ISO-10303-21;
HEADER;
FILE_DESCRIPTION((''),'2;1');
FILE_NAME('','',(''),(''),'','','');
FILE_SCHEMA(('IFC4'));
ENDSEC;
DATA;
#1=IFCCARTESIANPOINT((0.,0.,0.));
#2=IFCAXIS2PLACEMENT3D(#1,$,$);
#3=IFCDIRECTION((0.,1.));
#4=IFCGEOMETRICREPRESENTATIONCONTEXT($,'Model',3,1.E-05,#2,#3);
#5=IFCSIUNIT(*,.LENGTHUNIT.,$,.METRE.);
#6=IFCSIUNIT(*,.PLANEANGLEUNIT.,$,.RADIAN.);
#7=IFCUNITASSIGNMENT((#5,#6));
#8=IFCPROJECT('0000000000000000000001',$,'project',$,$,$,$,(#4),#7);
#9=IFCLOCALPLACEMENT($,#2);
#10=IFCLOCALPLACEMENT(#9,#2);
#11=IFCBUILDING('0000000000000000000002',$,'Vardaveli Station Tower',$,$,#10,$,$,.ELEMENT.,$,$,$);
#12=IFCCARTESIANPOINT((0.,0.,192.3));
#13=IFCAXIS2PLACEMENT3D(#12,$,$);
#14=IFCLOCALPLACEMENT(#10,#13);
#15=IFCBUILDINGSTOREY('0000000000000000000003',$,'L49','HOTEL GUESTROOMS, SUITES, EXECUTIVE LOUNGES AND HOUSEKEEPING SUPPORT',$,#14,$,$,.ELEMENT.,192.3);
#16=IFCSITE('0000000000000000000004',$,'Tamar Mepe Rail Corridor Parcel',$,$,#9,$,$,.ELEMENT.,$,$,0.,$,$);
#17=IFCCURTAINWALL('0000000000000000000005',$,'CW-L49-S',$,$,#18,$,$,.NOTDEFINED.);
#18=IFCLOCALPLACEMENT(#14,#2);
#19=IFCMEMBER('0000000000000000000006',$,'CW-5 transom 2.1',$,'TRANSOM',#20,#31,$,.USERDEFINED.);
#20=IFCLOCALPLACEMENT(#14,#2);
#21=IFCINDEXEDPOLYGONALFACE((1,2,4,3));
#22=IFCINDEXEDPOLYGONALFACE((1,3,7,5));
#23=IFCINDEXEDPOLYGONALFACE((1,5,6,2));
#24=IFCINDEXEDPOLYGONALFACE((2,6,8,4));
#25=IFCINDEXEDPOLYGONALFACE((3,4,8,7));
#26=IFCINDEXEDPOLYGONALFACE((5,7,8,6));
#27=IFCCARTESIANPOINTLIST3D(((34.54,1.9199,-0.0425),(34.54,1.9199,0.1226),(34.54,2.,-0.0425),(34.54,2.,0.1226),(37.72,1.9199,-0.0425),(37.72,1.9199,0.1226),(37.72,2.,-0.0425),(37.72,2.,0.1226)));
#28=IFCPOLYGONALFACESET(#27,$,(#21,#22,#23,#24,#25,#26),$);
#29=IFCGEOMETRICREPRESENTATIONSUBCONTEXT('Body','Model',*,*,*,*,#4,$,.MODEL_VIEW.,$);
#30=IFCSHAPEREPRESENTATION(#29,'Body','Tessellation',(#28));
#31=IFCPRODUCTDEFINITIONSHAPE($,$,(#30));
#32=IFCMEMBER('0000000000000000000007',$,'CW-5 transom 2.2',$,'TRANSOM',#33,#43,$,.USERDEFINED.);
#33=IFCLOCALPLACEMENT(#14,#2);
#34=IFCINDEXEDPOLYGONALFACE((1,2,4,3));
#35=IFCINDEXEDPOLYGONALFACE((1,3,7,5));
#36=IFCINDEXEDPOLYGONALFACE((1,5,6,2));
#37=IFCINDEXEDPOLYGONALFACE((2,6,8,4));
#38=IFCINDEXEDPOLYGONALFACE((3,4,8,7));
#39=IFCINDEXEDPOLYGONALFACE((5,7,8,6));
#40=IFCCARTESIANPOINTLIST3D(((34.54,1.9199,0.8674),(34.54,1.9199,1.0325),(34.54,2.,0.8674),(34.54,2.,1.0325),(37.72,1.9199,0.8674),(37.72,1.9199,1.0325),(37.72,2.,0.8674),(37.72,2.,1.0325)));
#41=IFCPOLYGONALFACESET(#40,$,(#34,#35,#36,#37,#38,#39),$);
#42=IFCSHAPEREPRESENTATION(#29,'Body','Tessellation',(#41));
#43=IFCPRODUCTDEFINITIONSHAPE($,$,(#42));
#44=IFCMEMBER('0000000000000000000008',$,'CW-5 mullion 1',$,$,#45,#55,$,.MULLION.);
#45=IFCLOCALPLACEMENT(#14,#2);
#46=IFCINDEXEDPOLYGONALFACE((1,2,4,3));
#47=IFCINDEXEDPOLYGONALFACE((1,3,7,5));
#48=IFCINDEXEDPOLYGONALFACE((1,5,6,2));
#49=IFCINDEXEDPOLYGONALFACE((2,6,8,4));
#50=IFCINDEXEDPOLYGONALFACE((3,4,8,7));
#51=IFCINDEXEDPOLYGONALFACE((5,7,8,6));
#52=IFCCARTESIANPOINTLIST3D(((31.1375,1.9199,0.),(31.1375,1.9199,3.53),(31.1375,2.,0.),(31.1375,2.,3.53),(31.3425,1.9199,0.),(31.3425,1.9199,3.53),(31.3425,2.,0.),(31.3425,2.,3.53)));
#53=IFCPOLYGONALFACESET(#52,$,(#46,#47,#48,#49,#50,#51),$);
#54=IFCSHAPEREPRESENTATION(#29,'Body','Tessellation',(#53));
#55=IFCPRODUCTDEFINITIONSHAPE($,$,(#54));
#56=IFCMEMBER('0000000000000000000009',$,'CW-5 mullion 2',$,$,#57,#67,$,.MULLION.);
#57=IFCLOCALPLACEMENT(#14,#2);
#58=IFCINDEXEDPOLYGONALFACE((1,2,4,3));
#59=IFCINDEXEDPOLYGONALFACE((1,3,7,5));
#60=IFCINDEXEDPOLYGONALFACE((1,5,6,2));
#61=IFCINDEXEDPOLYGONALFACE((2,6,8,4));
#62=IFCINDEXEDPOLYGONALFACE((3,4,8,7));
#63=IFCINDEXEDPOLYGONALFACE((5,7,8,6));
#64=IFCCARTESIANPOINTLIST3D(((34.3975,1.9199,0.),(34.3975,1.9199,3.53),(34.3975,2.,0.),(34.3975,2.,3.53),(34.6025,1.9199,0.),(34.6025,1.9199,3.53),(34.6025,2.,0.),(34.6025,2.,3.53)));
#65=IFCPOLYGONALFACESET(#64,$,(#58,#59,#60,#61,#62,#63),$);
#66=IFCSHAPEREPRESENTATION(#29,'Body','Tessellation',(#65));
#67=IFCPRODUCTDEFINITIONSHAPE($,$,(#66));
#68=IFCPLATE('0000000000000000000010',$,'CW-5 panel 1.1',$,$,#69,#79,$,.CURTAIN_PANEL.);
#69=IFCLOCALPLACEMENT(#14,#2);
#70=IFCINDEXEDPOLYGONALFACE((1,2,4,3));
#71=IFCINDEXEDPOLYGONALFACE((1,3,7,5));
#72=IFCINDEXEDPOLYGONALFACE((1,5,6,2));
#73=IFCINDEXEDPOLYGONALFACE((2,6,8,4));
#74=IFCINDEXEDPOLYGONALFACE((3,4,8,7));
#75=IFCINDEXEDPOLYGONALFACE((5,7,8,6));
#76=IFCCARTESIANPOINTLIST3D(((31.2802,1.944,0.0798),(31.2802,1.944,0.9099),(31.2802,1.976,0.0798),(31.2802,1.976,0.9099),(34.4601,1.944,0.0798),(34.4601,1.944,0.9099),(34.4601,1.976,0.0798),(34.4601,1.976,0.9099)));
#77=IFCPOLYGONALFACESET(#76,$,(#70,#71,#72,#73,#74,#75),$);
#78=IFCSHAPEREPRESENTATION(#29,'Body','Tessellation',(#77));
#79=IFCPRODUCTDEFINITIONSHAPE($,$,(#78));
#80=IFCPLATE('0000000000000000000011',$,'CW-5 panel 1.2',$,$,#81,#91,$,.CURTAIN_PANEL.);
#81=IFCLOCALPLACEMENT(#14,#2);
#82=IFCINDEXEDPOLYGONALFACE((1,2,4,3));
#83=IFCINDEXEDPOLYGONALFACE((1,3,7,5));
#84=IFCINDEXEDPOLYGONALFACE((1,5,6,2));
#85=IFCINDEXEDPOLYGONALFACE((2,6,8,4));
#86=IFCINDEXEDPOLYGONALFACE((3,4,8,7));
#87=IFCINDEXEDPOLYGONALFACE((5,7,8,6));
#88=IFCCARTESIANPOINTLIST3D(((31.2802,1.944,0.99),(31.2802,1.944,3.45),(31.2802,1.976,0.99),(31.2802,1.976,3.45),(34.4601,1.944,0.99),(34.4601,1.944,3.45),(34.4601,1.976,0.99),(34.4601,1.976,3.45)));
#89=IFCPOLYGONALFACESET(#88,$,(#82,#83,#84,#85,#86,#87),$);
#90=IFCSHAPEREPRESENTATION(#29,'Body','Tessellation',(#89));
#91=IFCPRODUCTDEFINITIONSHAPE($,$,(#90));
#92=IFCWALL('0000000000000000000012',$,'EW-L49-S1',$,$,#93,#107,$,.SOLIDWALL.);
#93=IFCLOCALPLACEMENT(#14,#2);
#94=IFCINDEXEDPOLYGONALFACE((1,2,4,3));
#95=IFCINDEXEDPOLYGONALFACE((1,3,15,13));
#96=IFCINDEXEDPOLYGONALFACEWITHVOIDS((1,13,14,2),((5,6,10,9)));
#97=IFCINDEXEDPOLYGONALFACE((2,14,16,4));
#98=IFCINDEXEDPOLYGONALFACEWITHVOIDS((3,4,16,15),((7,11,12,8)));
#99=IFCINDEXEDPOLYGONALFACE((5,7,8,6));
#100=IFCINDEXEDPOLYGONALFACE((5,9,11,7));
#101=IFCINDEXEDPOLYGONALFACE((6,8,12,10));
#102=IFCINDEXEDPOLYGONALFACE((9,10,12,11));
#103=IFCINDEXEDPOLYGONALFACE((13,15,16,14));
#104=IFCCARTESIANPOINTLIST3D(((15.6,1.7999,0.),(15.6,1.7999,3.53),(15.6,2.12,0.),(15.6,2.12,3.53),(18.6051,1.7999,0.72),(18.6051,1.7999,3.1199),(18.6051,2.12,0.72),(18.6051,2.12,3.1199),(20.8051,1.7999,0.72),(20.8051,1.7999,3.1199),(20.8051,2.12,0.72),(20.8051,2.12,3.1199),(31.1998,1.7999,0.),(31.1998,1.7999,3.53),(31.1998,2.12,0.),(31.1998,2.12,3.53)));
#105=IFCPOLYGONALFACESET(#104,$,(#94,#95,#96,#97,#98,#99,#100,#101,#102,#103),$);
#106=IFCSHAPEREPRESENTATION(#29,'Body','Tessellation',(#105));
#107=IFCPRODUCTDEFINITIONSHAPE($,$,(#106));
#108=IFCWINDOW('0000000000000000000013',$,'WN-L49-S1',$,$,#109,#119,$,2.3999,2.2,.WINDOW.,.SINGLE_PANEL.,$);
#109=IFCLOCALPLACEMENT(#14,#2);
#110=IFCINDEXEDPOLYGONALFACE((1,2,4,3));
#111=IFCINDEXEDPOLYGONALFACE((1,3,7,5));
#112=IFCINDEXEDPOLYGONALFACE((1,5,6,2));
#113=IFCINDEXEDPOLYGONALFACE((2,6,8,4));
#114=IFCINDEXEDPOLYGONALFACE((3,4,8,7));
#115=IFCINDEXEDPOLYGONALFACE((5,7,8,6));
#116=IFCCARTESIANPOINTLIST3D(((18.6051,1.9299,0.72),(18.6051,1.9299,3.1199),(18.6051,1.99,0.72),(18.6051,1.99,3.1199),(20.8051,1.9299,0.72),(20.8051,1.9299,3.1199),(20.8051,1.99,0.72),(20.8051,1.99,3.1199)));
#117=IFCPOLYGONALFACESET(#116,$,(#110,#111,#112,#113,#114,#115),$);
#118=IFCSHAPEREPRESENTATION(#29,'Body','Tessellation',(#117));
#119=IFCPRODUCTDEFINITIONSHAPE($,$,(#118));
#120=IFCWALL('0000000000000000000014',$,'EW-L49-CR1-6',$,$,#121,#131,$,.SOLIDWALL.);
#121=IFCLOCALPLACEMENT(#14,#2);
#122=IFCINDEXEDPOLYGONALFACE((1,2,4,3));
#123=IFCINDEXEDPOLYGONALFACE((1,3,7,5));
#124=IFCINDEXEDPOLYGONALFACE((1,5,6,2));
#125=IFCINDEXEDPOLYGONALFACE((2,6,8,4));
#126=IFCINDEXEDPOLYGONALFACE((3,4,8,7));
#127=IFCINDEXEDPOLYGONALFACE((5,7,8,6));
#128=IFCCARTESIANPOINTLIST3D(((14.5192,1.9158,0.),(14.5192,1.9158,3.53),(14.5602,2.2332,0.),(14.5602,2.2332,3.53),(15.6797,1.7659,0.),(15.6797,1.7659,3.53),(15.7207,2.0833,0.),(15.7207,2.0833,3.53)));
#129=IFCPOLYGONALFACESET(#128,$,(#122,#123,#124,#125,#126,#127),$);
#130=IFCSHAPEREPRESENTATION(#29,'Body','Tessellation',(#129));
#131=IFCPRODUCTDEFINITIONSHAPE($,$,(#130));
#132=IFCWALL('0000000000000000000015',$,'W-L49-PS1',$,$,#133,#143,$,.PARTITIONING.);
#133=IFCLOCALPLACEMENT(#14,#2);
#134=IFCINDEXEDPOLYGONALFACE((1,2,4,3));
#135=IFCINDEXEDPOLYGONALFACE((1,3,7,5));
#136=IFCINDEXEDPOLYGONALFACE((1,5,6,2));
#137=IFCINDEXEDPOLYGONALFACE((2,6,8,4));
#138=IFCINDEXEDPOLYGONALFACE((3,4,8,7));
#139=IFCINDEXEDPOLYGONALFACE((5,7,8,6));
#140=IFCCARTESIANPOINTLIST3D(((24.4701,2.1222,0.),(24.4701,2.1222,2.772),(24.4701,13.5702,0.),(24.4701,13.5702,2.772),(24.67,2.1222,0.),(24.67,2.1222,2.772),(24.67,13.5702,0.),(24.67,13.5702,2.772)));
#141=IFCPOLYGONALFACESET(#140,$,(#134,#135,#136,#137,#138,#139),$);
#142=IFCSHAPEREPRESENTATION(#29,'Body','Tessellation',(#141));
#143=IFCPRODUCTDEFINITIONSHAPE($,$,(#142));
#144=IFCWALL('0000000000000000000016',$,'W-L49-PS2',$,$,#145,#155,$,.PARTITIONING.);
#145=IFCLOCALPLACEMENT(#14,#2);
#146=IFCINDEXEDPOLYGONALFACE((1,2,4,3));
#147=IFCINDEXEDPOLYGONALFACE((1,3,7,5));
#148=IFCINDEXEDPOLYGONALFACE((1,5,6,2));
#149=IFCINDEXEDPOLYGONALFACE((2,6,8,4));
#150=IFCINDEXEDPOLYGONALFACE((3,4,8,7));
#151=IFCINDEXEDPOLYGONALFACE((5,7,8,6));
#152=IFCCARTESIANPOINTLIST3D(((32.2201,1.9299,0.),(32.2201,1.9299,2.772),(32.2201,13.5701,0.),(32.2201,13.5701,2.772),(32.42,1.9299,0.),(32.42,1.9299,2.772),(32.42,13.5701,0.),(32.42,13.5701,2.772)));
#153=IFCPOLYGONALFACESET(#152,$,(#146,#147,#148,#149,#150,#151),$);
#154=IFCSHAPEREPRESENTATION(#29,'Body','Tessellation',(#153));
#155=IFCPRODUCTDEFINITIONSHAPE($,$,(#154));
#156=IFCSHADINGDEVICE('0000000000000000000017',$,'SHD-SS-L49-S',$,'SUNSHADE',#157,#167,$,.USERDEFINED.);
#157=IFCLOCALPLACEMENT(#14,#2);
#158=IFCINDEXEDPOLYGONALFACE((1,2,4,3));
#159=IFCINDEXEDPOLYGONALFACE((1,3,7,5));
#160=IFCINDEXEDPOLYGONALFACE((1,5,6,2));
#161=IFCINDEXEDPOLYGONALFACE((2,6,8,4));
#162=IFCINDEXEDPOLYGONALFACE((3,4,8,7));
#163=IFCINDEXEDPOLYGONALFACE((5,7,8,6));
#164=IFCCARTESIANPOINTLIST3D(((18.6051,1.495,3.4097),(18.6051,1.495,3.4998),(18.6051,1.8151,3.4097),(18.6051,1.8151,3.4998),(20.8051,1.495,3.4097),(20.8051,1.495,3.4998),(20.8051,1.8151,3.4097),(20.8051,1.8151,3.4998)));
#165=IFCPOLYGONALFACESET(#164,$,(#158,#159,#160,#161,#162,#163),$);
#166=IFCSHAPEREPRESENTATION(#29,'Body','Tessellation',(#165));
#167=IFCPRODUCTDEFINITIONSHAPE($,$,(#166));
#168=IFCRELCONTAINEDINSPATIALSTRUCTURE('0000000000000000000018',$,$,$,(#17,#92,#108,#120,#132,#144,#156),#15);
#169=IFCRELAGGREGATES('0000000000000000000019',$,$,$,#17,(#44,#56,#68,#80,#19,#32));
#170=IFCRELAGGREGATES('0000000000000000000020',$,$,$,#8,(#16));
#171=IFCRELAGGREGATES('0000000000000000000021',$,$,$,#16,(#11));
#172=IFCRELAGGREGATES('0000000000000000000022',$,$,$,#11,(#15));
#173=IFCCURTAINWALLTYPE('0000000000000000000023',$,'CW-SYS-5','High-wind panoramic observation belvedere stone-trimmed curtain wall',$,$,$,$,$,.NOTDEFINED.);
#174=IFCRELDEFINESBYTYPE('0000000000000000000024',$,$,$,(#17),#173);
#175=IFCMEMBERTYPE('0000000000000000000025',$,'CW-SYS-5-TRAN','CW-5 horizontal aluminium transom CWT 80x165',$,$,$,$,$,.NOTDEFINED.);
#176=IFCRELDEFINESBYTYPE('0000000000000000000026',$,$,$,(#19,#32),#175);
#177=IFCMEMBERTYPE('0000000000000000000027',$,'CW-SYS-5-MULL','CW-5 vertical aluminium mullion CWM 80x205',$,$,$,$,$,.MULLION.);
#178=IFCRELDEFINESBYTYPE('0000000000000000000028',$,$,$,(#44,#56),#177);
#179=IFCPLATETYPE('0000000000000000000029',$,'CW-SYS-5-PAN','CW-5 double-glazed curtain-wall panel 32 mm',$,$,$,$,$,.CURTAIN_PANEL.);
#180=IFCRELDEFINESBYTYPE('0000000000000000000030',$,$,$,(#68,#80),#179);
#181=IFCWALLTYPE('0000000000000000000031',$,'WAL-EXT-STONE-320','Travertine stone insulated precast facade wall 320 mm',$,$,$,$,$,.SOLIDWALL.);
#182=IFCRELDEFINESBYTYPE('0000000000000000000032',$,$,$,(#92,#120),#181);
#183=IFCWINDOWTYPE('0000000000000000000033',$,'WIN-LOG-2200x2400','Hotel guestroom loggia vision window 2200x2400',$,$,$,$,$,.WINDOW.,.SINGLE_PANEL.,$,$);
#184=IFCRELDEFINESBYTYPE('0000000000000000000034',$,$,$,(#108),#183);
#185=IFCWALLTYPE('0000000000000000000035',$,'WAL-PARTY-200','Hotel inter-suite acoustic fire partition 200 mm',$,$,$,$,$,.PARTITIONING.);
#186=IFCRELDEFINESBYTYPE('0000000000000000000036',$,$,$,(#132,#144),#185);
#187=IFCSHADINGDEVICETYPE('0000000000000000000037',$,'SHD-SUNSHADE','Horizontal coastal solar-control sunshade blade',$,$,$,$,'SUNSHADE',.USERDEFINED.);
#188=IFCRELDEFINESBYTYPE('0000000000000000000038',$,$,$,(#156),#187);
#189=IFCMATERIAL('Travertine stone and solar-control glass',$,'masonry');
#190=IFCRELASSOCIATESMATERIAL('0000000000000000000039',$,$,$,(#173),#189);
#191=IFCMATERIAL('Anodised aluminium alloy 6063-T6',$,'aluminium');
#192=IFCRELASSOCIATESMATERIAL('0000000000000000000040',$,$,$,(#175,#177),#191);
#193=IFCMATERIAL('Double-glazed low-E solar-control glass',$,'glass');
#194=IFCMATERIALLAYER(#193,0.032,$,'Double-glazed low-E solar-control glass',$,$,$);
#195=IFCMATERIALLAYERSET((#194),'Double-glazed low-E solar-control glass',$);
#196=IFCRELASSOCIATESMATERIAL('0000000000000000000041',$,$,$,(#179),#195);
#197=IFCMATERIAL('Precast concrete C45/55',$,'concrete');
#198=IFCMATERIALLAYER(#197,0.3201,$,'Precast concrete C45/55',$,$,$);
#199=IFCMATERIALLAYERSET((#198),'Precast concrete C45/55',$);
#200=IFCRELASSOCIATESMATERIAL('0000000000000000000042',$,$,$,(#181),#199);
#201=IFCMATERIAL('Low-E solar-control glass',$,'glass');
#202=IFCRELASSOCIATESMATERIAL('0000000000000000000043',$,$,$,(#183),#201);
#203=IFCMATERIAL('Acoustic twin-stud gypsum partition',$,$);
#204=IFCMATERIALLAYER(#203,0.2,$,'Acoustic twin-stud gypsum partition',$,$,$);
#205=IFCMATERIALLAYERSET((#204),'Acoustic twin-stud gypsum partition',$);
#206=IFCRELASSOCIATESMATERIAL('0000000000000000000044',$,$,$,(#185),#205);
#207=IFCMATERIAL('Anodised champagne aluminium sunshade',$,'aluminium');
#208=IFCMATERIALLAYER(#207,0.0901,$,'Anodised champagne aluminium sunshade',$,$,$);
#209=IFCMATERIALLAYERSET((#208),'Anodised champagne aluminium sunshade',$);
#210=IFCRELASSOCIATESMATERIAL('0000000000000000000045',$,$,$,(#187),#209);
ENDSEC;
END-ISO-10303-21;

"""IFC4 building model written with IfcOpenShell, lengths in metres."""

from ifc_helpers import new_model, si_unit, direction, frame, frame_2d, origin, origin_2d, place, context, subcontext, project, spatial, rectangle, extrude, source, transform, mapped, material, layer, layer_set, material_profile, profile_set, type_object, element, fill, aggregate, save


model = new_model("IFC4")

# Units and contexts
model_context = context("Model", 3, precision=1e-05, world=origin(), true_north=direction((0.0, 1.0)))
body_context = subcontext(model_context, "Body", "Model", "MODEL_VIEW")
ifc_project = project(units=[si_unit("LENGTHUNIT", "METRE"), si_unit("PLANEANGLEUNIT", "RADIAN")], contexts=[model_context])

# Site, building, storey
site_placement = place(None, origin())
site = spatial("IfcSite", under=ifc_project, at=site_placement, Name="Tamar Mepe Rail Corridor Parcel", CompositionType="ELEMENT", RefElevation=0.0)
building_placement = place(site_placement, origin())
building = spatial("IfcBuilding", under=site, at=building_placement, Name="Vardaveli Station Tower", CompositionType="ELEMENT")
storey_placement = place(building_placement, frame((0.0, 0.0, 192.3)))
storey = spatial("IfcBuildingStorey", under=building, at=storey_placement, Name="L49", Description="HOTEL GUESTROOMS, SUITES, EXECUTIVE LOUNGES AND HOUSEKEEPING SUPPORT", CompositionType="ELEMENT", Elevation=192.3)

# Shared definitions
ifc_material_1 = material(Name="Precast concrete C45/55", Category="concrete")

# Curtain wall, members, plates
ifc_material_2 = material(Name="Travertine stone and solar-control glass", Category="masonry")
curtain_wall_type = type_object("IfcCurtainWallType", Name="CW-SYS-5", Description="High-wind panoramic observation belvedere stone-trimmed curtain wall", PredefinedType="NOTDEFINED", material=ifc_material_2)
curtain_wall_placement = place(storey_placement, origin())
curtain_wall = element("IfcCurtainWall", 1, at=curtain_wall_placement, inside=storey, type_object=curtain_wall_type, Name="CW-L49-S", PredefinedType="NOTDEFINED")
ifc_material_3 = material(Name="Anodised aluminium alloy 6063-T6", Category="aluminium")
ifc_material_profile_1 = material_profile(ifc_material_3, rectangle(XDim=0.0801, YDim=0.165, at=origin_2d()), Name="CWT 80x165")
ifc_profile_set_1 = profile_set([ifc_material_profile_1], Name="Anodised aluminium alloy 6063-T6")
member_type_1 = type_object("IfcMemberType", Name="CW-SYS-5-TRAN", Description="CW-5 horizontal aluminium transom CWT 80x165", PredefinedType="NOTDEFINED", material=ifc_profile_set_1)
shared_shape_1 = source(origin(), body_context, "Body", "SweptSolid", [
    extrude(rectangle(XDim=0.0801, YDim=0.165, at=origin_2d()), origin(), (0.0, 0.0, 1.0), 3.1799),
])
member_1_placement = place(storey_placement, frame((34.54, 1.96, 0.04), z_axis=(1.0, 0.0, 0.0), x_axis=(0.0, 1.0, 0.0)))
member_1 = element("IfcMember", 2, at=member_1_placement, type_object=member_type_1, Name="CW-5 transom 2.1", ObjectType="TRANSOM", PredefinedType="USERDEFINED", context=body_context, shape_type="MappedRepresentation", body=[
    mapped(shared_shape_1, transform((0.0, 0.0, 0.0), scale=1.0)),
])
member_2_placement = place(storey_placement, frame((34.54, 1.96, 0.95), z_axis=(1.0, 0.0, 0.0), x_axis=(0.0, 1.0, 0.0)))
member_2 = element("IfcMember", 3, at=member_2_placement, type_object=member_type_1, Name="CW-5 transom 2.2", ObjectType="TRANSOM", PredefinedType="USERDEFINED", context=body_context, shape_type="MappedRepresentation", body=[
    mapped(shared_shape_1, transform((0.0, 0.0, 0.0), scale=1.0)),
])
ifc_material_profile_2 = material_profile(ifc_material_3, rectangle(XDim=0.0801, YDim=0.2051, at=origin_2d()), Name="CWM 80x205")
ifc_profile_set_2 = profile_set([ifc_material_profile_2], Name="Anodised aluminium alloy 6063-T6")
member_type_2 = type_object("IfcMemberType", Name="CW-SYS-5-MULL", Description="CW-5 vertical aluminium mullion CWM 80x205", PredefinedType="MULLION", material=ifc_profile_set_2)
shared_shape_2 = source(origin(), body_context, "Body", "SweptSolid", [
    extrude(rectangle(XDim=0.0801, YDim=0.2051, at=origin_2d()), origin(), (0.0, 0.0, 1.0), 3.53),
])
member_3_placement = place(storey_placement, frame((31.24, 1.96, 0.0), z_axis=(0.0, 0.0, 1.0), x_axis=(0.0, 1.0, 0.0)))
member_3 = element("IfcMember", 4, at=member_3_placement, type_object=member_type_2, Name="CW-5 mullion 1", PredefinedType="MULLION", context=body_context, shape_type="MappedRepresentation", body=[
    mapped(shared_shape_2, transform((0.0, 0.0, 0.0), scale=1.0)),
])
member_4_placement = place(storey_placement, frame((34.5, 1.96, 0.0), z_axis=(0.0, 0.0, 1.0), x_axis=(0.0, 1.0, 0.0)))
member_4 = element("IfcMember", 5, at=member_4_placement, type_object=member_type_2, Name="CW-5 mullion 2", PredefinedType="MULLION", context=body_context, shape_type="MappedRepresentation", body=[
    mapped(shared_shape_2, transform((0.0, 0.0, 0.0), scale=1.0)),
])
ifc_material_4 = material(Name="Double-glazed low-E solar-control glass", Category="glass")
ifc_layer_1 = layer(ifc_material_4, 0.032, Name="Double-glazed low-E solar-control glass")
ifc_layer_set_1 = layer_set([ifc_layer_1], Name="Double-glazed low-E solar-control glass")
plate_type = type_object("IfcPlateType", Name="CW-SYS-5-PAN", Description="CW-5 double-glazed curtain-wall panel 32 mm", PredefinedType="CURTAIN_PANEL", material=ifc_layer_set_1)
shared_shape_3 = source(origin(), body_context, "Body", "SweptSolid", [
    extrude(rectangle(XDim=3.1799, YDim=0.032, at=origin_2d()), origin(), (0.0, 0.0, 1.0), 0.8301),
])
plate_1_placement = place(storey_placement, frame((32.8701, 1.96, 0.0798), z_axis=(0.0, 0.0, 1.0), x_axis=(1.0, 0.0, 0.0)))
plate_1 = element("IfcPlate", 6, at=plate_1_placement, type_object=plate_type, Name="CW-5 panel 1.1", PredefinedType="CURTAIN_PANEL", context=body_context, shape_type="MappedRepresentation", body=[
    mapped(shared_shape_3, transform((0.0, 0.0, 0.0), scale=1.0)),
])
shared_shape_4 = source(origin(), body_context, "Body", "SweptSolid", [
    extrude(rectangle(XDim=3.1799, YDim=0.032, at=origin_2d()), origin(), (0.0, 0.0, 1.0), 2.46),
])
plate_2_placement = place(storey_placement, frame((32.8701, 1.96, 0.99), z_axis=(0.0, 0.0, 1.0), x_axis=(1.0, 0.0, 0.0)))
plate_2 = element("IfcPlate", 7, at=plate_2_placement, type_object=plate_type, Name="CW-5 panel 1.2", PredefinedType="CURTAIN_PANEL", context=body_context, shape_type="MappedRepresentation", body=[
    mapped(shared_shape_4, transform((0.0, 0.0, 0.0), scale=1.0)),
])
aggregate(curtain_wall, [member_3, member_4, plate_1, plate_2, member_1, member_2])

# Wall, opening, window
ifc_layer_2 = layer(ifc_material_1, 0.3201, Name="Precast concrete C45/55")
ifc_layer_set_2 = layer_set([ifc_layer_2], Name="Precast concrete C45/55")
wall_type_1 = type_object("IfcWallType", Name="WAL-EXT-STONE-320", Description="Travertine stone insulated precast facade wall 320 mm", PredefinedType="SOLIDWALL", material=ifc_layer_set_2)
shared_shape_5 = source(origin(), body_context, "Body", "SweptSolid", [
    extrude(rectangle(XDim=15.5999, YDim=0.3201, at=frame_2d((7.7998, 0.0))), origin(), (0.0, 0.0, 1.0), 3.53),
])
wall_1_placement = place(storey_placement, frame((15.6001, 1.96, 0.0), z_axis=(0.0, 0.0, 1.0), x_axis=(1.0, 0.0, 0.0)))
wall_1 = element("IfcWall", 8, at=wall_1_placement, inside=storey, type_object=wall_type_1, Name="EW-L49-S1", PredefinedType="SOLIDWALL", context=body_context, shape_type="MappedRepresentation", body=[
    mapped(shared_shape_5, transform((0.0, 0.0, 0.0), scale=1.0)),
])
shared_shape_6 = source(origin(), body_context, "Body", "SweptSolid", [
    extrude(rectangle(XDim=2.2, YDim=2.3999, at=frame_2d((1.1001, 1.2))), frame((0.0, 0.1699, 0.0), z_axis=(0.0, -1.0, 0.0), x_axis=(1.0, 0.0, 0.0)), (0.0, 0.0, 1.0), 0.3401),
])
opening_placement = place(wall_1_placement, frame((3.0049, 0.0, 0.72)))
opening = element("IfcOpeningElement", 9, at=opening_placement, cuts=wall_1, PredefinedType="OPENING", context=body_context, shape_type="MappedRepresentation", body=[
    mapped(shared_shape_6, transform((0.0, 0.0, 0.0), scale=1.0)),
])
ifc_material_5 = material(Name="Low-E solar-control glass", Category="glass")
window_type = type_object("IfcWindowType", Name="WIN-LOG-2200x2400", Description="Hotel guestroom loggia vision window 2200x2400", PartitioningType="SINGLE_PANEL", PredefinedType="WINDOW", material=ifc_material_5)
shared_shape_7 = source(origin(), body_context, "Body", "SweptSolid", [
    extrude(rectangle(XDim=2.2, YDim=2.3999, at=frame_2d((1.1001, 1.2))), frame((0.0, 0.03, 0.0), z_axis=(0.0, -1.0, 0.0), x_axis=(1.0, 0.0, 0.0)), (0.0, 0.0, 1.0), 0.0601),
])
window_placement = place(opening_placement, origin())
window = element("IfcWindow", 10, at=window_placement, inside=storey, type_object=window_type, Name="WN-L49-S1", OverallHeight=2.3999, OverallWidth=2.2, PartitioningType="SINGLE_PANEL", PredefinedType="WINDOW", context=body_context, shape_type="MappedRepresentation", body=[
    mapped(shared_shape_7, transform((0.0, 0.0, 0.0), scale=1.0)),
])
fill(opening, window)

# Walls
shared_shape_8 = source(origin(), body_context, "Body", "SweptSolid", [
    extrude(rectangle(XDim=1.1702, YDim=0.3201, at=frame_2d((0.585, 0.0))), origin(), (0.0, 0.0, 1.0), 3.53),
])
wall_2_placement = place(storey_placement, frame((14.5398, 2.0745, 0.0), z_axis=(0.0, 0.0, 1.0), x_axis=(0.991762, -0.12809, 0.0)))
element("IfcWall", 11, at=wall_2_placement, inside=storey, type_object=wall_type_1, Name="EW-L49-CR1-6", PredefinedType="SOLIDWALL", context=body_context, shape_type="MappedRepresentation", body=[
    mapped(shared_shape_8, transform((0.0, 0.0, 0.0), scale=1.0)),
])
ifc_material_6 = material(Name="Acoustic twin-stud gypsum partition")
ifc_layer_3 = layer(ifc_material_6, 0.2, Name="Acoustic twin-stud gypsum partition")
ifc_layer_set_3 = layer_set([ifc_layer_3], Name="Acoustic twin-stud gypsum partition")
wall_type_2 = type_object("IfcWallType", Name="WAL-PARTY-200", Description="Hotel inter-suite acoustic fire partition 200 mm", PredefinedType="PARTITIONING", material=ifc_layer_set_3)
shared_shape_9 = source(origin(), body_context, "Body", "SweptSolid", [
    extrude(rectangle(XDim=11.448, YDim=0.2, at=frame_2d((5.7241, 0.0))), origin(), (0.0, 0.0, 1.0), 2.772),
])
wall_3_placement = place(storey_placement, frame((24.5701, 2.1221, 0.0), z_axis=(0.0, 0.0, 1.0), x_axis=(0.0, 1.0, 0.0)))
element("IfcWall", 12, at=wall_3_placement, inside=storey, type_object=wall_type_2, Name="W-L49-PS1", PredefinedType="PARTITIONING", context=body_context, shape_type="MappedRepresentation", body=[
    mapped(shared_shape_9, transform((0.0, 0.0, 0.0), scale=1.0)),
])
shared_shape_10 = source(origin(), body_context, "Body", "SweptSolid", [
    extrude(rectangle(XDim=11.6401, YDim=0.2, at=frame_2d((5.8201, 0.0))), origin(), (0.0, 0.0, 1.0), 2.772),
])
wall_4_placement = place(storey_placement, frame((32.3201, 1.9299, 0.0), z_axis=(0.0, 0.0, 1.0), x_axis=(0.0, 1.0, 0.0)))
element("IfcWall", 13, at=wall_4_placement, inside=storey, type_object=wall_type_2, Name="W-L49-PS2", PredefinedType="PARTITIONING", context=body_context, shape_type="MappedRepresentation", body=[
    mapped(shared_shape_10, transform((0.0, 0.0, 0.0), scale=1.0)),
])

# Shading device
ifc_material_7 = material(Name="Anodised champagne aluminium sunshade", Category="aluminium")
ifc_layer_4 = layer(ifc_material_7, 0.0901, Name="Anodised champagne aluminium sunshade")
ifc_layer_set_4 = layer_set([ifc_layer_4], Name="Anodised champagne aluminium sunshade")
shading_device_type = type_object("IfcShadingDeviceType", Name="SHD-SUNSHADE", Description="Horizontal coastal solar-control sunshade blade", ElementType="SUNSHADE", PredefinedType="USERDEFINED", material=ifc_layer_set_4)
shared_shape_11 = source(origin(), body_context, "Body", "SweptSolid", [
    extrude(rectangle(XDim=2.2, YDim=0.3201, at=origin_2d()), origin(), (0.0, 0.0, 1.0), 0.0901),
])
shading_device_placement = place(storey_placement, frame((19.7051, 1.655, 3.4097), z_axis=(0.0, 0.0, 1.0), x_axis=(1.0, 0.0, 0.0)))
element("IfcShadingDevice", 14, at=shading_device_placement, inside=storey, type_object=shading_device_type, Name="SHD-SS-L49-S", ObjectType="SUNSHADE", PredefinedType="USERDEFINED", context=body_context, shape_type="MappedRepresentation", body=[
    mapped(shared_shape_11, transform((0.0, 0.0, 0.0), scale=1.0)),
])

save(model, "model.ifc")
